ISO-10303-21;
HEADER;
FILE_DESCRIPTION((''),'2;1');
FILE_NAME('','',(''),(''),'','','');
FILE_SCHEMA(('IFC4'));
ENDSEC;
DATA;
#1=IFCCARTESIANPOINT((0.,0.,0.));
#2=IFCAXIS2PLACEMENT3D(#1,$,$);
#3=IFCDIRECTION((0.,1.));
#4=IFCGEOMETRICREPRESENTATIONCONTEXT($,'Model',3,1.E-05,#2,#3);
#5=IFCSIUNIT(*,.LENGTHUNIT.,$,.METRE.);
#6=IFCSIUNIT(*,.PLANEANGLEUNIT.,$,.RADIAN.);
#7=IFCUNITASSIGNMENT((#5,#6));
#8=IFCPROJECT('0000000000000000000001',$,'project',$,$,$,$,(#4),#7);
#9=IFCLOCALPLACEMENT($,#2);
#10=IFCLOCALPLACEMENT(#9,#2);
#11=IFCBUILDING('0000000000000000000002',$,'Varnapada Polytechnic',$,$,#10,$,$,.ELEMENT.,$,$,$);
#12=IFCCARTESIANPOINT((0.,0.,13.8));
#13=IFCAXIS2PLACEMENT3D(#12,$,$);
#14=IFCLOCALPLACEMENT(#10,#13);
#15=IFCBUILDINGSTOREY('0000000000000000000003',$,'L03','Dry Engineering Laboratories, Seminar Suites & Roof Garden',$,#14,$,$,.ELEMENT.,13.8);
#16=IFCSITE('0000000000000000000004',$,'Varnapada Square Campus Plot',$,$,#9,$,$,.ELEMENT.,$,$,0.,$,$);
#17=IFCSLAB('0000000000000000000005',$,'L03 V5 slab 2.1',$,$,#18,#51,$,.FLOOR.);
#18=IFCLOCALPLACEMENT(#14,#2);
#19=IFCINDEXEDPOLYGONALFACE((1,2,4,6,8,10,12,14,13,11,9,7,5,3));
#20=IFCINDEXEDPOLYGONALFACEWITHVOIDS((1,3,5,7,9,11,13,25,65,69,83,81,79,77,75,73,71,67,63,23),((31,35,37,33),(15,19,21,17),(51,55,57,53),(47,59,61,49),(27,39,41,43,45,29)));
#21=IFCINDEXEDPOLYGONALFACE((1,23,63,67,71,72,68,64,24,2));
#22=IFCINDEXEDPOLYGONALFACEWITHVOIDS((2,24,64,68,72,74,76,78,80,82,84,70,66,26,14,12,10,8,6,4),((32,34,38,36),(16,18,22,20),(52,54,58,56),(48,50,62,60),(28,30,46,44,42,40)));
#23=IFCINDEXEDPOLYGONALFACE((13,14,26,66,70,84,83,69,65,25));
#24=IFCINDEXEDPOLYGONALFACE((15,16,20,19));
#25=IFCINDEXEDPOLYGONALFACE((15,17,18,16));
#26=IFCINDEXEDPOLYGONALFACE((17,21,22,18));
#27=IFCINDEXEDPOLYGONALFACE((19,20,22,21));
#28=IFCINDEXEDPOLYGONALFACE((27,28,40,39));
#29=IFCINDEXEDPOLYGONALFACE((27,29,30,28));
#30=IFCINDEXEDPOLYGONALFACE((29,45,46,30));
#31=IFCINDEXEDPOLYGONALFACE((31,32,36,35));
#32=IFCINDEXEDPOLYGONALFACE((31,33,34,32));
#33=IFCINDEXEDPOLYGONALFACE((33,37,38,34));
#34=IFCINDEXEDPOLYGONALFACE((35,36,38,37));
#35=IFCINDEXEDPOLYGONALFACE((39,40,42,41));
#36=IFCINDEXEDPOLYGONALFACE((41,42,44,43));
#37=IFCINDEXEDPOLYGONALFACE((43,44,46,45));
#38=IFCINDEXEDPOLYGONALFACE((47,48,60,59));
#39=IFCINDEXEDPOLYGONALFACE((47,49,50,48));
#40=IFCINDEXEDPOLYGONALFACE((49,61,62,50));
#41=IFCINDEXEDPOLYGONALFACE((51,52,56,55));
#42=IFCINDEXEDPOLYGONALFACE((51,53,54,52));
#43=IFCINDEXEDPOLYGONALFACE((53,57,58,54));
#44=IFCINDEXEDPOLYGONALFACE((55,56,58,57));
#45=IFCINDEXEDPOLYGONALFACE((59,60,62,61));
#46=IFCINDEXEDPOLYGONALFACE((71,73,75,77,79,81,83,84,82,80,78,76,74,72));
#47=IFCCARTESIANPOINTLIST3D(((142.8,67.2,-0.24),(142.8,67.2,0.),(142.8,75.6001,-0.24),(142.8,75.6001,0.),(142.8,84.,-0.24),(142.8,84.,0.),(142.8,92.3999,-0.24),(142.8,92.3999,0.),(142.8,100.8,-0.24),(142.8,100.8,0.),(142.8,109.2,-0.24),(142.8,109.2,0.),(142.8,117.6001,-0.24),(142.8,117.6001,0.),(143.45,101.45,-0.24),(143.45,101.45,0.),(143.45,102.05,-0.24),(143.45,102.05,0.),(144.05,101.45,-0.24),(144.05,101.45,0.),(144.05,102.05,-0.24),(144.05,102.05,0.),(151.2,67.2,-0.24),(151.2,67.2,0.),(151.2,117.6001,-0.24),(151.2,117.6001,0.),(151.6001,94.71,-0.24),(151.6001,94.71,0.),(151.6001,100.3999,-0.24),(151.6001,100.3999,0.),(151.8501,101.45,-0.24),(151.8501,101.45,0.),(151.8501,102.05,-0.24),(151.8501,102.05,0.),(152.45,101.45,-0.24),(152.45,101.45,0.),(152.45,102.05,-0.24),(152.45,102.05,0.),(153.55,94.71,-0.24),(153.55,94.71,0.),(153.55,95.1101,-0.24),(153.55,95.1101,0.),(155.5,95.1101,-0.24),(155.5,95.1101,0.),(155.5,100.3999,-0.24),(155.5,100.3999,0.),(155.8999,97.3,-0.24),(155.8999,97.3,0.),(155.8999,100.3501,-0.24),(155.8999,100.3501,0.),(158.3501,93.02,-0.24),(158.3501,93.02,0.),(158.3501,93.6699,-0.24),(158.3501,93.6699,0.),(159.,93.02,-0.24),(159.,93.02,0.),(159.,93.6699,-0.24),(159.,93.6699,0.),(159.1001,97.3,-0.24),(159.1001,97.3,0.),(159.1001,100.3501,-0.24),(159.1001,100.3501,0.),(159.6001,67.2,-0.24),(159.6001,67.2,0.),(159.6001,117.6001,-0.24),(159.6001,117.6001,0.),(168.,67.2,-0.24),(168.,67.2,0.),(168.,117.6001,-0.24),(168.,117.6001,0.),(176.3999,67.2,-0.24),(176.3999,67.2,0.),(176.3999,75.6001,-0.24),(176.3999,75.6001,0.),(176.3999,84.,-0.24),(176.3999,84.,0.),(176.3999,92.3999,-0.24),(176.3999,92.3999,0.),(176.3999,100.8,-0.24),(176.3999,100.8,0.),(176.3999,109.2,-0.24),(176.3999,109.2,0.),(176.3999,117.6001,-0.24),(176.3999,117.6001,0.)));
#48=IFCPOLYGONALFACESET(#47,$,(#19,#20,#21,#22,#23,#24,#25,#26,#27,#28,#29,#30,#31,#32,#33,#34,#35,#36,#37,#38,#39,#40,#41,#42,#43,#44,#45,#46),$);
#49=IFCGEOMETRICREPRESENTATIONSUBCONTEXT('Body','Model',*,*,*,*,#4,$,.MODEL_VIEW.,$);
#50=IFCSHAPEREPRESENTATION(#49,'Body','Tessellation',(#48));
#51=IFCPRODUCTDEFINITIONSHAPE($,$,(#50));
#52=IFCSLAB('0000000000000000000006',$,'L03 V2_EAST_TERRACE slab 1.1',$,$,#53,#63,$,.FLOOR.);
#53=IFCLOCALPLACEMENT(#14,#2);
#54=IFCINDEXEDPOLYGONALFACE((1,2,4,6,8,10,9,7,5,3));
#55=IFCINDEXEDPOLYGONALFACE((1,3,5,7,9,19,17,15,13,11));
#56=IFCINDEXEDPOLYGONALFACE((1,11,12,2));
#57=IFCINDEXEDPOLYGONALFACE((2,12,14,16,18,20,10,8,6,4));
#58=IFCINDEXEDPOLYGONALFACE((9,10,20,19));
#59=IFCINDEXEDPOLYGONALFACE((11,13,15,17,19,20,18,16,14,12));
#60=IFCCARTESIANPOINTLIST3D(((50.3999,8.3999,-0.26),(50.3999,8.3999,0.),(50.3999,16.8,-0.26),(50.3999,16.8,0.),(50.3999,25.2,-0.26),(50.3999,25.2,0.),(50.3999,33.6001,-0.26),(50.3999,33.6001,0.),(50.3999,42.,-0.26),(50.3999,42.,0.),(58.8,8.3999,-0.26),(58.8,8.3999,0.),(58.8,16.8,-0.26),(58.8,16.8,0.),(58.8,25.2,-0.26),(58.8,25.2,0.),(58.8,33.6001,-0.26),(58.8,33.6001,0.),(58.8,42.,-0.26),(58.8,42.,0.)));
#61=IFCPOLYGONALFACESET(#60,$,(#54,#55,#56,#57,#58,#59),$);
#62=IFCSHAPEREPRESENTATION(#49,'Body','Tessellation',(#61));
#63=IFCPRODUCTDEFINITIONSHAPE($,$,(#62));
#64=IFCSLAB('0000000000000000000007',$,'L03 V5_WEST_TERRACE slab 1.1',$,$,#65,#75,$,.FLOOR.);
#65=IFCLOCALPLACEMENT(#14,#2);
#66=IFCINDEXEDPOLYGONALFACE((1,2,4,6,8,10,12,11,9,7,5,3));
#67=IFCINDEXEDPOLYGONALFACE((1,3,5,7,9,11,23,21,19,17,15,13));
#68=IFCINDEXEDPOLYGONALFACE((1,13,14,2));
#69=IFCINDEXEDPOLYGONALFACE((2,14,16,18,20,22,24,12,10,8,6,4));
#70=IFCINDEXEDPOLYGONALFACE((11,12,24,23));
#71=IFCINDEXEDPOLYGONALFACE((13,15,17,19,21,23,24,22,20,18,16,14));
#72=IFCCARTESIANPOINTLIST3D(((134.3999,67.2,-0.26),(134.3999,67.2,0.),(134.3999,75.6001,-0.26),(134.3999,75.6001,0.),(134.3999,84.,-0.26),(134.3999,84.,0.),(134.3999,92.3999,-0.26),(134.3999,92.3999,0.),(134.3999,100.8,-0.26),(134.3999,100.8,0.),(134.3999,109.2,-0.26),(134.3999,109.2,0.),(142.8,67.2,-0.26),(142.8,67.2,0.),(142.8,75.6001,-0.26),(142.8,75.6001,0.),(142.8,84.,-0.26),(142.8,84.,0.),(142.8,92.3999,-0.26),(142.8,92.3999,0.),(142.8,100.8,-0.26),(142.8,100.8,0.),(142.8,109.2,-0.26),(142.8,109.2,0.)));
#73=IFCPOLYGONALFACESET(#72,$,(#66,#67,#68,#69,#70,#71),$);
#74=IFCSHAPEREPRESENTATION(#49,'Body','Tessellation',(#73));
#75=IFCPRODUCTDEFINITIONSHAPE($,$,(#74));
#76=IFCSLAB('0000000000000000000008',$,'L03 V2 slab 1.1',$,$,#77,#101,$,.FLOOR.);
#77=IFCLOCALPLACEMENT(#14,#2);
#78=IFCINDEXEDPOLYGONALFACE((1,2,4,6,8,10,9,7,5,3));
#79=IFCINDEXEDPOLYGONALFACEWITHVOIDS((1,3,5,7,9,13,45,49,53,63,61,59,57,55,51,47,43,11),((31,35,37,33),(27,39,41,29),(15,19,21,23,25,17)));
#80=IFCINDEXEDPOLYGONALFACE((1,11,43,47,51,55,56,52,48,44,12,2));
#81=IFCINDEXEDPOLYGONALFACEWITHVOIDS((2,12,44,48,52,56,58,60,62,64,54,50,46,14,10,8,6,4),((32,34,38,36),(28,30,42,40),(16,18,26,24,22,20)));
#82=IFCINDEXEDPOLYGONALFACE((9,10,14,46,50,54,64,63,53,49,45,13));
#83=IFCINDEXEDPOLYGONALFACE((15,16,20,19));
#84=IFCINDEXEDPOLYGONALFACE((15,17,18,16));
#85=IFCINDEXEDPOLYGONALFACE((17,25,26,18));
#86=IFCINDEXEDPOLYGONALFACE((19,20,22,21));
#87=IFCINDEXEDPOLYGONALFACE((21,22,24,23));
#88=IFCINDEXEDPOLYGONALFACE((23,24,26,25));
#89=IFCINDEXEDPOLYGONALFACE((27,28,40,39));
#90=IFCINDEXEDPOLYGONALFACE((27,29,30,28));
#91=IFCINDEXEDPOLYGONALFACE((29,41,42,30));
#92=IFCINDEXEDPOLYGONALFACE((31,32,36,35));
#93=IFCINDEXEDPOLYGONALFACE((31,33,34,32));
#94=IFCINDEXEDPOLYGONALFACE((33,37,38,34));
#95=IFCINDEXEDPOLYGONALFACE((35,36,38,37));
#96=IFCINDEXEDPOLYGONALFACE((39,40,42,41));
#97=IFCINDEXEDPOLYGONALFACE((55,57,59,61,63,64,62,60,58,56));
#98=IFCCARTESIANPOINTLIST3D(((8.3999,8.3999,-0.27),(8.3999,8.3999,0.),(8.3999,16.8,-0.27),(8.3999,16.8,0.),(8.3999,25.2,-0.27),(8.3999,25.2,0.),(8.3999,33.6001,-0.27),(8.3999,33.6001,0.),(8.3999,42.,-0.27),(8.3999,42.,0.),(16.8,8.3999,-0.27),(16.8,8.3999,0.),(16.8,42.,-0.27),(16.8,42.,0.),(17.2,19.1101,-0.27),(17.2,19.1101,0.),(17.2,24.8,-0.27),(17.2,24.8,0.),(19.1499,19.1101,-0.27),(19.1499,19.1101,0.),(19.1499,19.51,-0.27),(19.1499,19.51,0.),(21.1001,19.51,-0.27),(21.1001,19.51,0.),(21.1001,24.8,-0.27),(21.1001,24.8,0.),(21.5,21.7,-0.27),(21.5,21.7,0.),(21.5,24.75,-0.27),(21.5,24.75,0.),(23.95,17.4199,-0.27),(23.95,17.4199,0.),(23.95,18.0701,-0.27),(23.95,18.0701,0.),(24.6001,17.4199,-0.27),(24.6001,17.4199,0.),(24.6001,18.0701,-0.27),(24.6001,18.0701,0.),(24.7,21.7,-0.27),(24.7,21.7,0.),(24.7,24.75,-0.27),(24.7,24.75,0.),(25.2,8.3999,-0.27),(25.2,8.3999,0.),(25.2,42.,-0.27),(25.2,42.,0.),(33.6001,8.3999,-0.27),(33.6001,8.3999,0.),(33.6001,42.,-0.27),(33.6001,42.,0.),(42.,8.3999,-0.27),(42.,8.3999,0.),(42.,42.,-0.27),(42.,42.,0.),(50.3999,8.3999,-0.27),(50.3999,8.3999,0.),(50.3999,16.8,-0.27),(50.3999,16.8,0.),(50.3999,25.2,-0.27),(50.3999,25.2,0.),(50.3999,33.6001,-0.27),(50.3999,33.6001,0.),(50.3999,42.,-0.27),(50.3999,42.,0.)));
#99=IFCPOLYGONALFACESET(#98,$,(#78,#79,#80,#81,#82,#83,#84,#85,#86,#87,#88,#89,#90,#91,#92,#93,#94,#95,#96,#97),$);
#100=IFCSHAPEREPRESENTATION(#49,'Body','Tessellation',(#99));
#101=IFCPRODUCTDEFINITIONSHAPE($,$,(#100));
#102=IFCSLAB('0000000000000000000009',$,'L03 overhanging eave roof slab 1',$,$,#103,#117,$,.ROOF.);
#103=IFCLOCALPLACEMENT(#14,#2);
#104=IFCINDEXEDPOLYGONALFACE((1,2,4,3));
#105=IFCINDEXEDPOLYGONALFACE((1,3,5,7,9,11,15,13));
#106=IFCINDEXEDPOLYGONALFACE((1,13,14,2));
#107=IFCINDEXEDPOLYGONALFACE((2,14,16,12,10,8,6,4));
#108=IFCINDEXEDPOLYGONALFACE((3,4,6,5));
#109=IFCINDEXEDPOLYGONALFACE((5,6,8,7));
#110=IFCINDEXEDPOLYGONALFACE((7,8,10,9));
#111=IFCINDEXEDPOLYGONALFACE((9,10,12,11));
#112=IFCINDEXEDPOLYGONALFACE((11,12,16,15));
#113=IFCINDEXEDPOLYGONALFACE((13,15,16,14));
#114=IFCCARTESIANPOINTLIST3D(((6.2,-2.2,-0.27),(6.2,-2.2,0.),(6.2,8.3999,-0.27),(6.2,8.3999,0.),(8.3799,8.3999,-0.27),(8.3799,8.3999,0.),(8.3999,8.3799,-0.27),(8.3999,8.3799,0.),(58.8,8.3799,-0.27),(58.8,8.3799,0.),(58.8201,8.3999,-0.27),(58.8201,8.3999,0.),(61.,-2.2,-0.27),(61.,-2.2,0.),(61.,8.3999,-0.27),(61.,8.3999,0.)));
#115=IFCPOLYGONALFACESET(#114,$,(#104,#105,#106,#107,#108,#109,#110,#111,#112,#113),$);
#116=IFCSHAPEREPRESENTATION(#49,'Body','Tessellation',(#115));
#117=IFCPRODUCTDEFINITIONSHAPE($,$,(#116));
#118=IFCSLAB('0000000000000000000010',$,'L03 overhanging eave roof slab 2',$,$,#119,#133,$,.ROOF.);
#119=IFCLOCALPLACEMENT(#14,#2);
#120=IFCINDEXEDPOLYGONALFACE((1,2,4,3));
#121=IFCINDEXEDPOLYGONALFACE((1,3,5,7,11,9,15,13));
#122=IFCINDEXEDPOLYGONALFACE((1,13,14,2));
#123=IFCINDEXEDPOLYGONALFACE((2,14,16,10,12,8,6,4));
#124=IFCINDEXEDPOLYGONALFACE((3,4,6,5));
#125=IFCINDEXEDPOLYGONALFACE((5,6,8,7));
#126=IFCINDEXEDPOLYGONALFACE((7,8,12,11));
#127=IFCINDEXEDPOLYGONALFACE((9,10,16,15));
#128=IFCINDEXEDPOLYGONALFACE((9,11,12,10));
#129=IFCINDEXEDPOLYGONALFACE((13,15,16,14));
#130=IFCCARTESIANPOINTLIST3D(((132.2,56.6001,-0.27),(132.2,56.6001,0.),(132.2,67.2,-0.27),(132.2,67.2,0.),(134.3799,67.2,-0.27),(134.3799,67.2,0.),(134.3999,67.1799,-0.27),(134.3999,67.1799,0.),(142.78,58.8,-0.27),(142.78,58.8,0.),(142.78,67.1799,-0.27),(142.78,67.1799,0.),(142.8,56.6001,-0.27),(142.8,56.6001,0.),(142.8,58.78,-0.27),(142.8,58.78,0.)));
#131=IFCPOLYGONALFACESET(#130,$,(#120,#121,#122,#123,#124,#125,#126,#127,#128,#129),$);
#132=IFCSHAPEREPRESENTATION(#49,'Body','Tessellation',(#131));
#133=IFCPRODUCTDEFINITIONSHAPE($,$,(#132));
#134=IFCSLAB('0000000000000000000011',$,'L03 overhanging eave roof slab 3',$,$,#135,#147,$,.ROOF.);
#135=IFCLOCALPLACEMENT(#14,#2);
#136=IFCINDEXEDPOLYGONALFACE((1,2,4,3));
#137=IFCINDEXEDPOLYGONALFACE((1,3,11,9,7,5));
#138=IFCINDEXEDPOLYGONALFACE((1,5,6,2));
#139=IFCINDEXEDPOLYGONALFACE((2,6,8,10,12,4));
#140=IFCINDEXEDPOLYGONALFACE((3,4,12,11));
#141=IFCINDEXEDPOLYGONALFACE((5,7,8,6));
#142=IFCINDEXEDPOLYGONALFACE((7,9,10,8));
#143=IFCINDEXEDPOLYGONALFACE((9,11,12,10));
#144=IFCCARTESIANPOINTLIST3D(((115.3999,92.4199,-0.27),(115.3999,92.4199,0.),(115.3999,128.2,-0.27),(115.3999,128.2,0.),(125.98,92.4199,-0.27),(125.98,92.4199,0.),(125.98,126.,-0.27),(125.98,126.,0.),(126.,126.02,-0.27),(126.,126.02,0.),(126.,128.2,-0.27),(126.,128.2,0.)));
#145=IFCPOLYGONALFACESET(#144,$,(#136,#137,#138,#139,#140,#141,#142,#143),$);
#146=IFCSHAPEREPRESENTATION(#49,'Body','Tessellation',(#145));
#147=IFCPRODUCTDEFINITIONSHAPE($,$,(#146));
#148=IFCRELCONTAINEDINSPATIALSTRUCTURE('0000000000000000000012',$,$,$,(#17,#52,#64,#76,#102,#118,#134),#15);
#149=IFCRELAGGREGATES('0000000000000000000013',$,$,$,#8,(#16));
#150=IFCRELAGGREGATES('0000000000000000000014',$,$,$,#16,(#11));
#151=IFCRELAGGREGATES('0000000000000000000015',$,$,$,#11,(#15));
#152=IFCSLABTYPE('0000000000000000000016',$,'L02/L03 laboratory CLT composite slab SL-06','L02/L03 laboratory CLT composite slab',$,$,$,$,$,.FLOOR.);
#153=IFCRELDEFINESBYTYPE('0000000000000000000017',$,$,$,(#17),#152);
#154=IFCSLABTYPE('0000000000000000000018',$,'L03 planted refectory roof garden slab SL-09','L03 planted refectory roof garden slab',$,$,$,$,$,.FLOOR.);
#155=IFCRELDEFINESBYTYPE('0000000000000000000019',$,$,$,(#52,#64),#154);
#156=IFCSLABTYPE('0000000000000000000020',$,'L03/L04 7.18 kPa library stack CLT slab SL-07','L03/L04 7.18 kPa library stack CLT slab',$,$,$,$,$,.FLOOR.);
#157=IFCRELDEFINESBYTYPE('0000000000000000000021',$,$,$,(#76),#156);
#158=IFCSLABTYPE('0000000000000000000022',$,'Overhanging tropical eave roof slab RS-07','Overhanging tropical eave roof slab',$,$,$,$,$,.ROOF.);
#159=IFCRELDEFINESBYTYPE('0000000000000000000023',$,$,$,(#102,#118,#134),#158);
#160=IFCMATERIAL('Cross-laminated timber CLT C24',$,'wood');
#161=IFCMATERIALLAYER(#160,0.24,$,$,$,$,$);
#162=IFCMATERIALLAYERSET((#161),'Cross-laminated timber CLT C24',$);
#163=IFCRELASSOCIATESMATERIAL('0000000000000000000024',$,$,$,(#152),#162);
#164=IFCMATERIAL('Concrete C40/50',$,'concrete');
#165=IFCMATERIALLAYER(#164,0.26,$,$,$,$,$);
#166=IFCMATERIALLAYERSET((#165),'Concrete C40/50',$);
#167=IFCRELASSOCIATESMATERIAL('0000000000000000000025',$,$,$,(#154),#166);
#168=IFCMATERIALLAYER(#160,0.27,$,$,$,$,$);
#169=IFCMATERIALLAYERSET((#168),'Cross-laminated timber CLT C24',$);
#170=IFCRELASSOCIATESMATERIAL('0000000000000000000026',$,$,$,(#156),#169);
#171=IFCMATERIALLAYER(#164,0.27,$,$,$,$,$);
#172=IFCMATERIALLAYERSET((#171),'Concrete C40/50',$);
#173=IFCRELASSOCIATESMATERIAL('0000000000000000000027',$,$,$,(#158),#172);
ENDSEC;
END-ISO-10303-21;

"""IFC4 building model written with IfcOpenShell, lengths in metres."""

from ifc_helpers import new_model, si_unit, direction, frame, origin, place, context, subcontext, project, spatial, polyline, outline, extrude, material, layer, layer_set, type_object, element, save


model = new_model("IFC4")

# Units and contexts
model_context = context("Model", 3, precision=1e-05, world=origin(), true_north=direction((0.0, 1.0)))
body_context = subcontext(model_context, "Body", "Model", "MODEL_VIEW")
ifc_project = project(units=[si_unit("LENGTHUNIT", "METRE"), si_unit("PLANEANGLEUNIT", "RADIAN")], contexts=[model_context])

# Site, building, storey
site_placement = place(None, origin())
site = spatial("IfcSite", under=ifc_project, at=site_placement, Name="Varnapada Square Campus Plot", CompositionType="ELEMENT", RefElevation=0.0)
building_placement = place(site_placement, origin())
building = spatial("IfcBuilding", under=site, at=building_placement, Name="Varnapada Polytechnic", CompositionType="ELEMENT")
storey_placement = place(building_placement, frame((0.0, 0.0, 13.8)))
storey = spatial("IfcBuildingStorey", under=building, at=storey_placement, Name="L03", Description="Dry Engineering Laboratories, Seminar Suites & Roof Garden", CompositionType="ELEMENT", Elevation=13.8)

# Slabs
ifc_material_1 = material(Name="Cross-laminated timber CLT C24", Category="wood")
ifc_layer_1 = layer(ifc_material_1, 0.24)
ifc_layer_set_1 = layer_set([ifc_layer_1], Name="Cross-laminated timber CLT C24")
slab_type_1 = type_object("IfcSlabType", Name="L02/L03 laboratory CLT composite slab SL-06", Description="L02/L03 laboratory CLT composite slab", PredefinedType="FLOOR", material=ifc_layer_set_1)
slab_1_placement = place(storey_placement, frame((0.0, 0.0, -0.24)))
element("IfcSlab", 1, at=slab_1_placement, inside=storey, type_object=slab_type_1, Name="L03 V5 slab 2.1", PredefinedType="FLOOR", context=body_context, shape_type="SweptSolid", body=[
    extrude(outline(polyline([(142.8, 92.3999), (142.8, 100.8), (142.8, 109.2), (142.8, 117.6001), (151.2, 117.6001), (159.6001, 117.6001), (168.0, 117.6001), (176.3999, 117.6001), (176.3999, 109.2), (176.3999, 100.8), (176.3999, 92.3999), (176.3999, 84.0), (176.3999, 75.6001), (176.3999, 67.2), (168.0, 67.2), (159.6001, 67.2), (151.2, 67.2), (142.8, 67.2), (142.8, 75.6001), (142.8, 84.0), (142.8, 92.3999)]), holes=[polyline([(151.6001, 94.71), (153.55, 94.71), (153.55, 95.1101), (155.5, 95.1101), (155.5, 100.3999), (151.6001, 100.3999), (151.6001, 94.71)]), polyline([(155.8999, 97.3), (159.1001, 97.3), (159.1001, 100.3501), (155.8999, 100.3501), (155.8999, 97.3)]), polyline([(158.3501, 93.02), (159.0, 93.02), (159.0, 93.6699), (158.3501, 93.6699), (158.3501, 93.02)]), polyline([(143.45, 101.45), (144.05, 101.45), (144.05, 102.05), (143.45, 102.05), (143.45, 101.45)]), polyline([(151.8501, 101.45), (152.45, 101.45), (152.45, 102.05), (151.8501, 102.05), (151.8501, 101.45)])]), origin(), (0.0, 0.0, 1.0), 0.24),
])
ifc_material_2 = material(Name="Concrete C40/50", Category="concrete")
ifc_layer_2 = layer(ifc_material_2, 0.26)
ifc_layer_set_2 = layer_set([ifc_layer_2], Name="Concrete C40/50")
slab_type_2 = type_object("IfcSlabType", Name="L03 planted refectory roof garden slab SL-09", Description="L03 planted refectory roof garden slab", PredefinedType="FLOOR", material=ifc_layer_set_2)
slab_2_placement = place(storey_placement, frame((0.0, 0.0, -0.26)))
element("IfcSlab", 2, at=slab_2_placement, inside=storey, type_object=slab_type_2, Name="L03 V2_EAST_TERRACE slab 1.1", PredefinedType="FLOOR", context=body_context, shape_type="SweptSolid", body=[
    extrude(outline(polyline([(50.3999, 8.3999), (50.3999, 16.8), (50.3999, 25.2), (50.3999, 33.6001), (50.3999, 42.0), (58.8, 42.0), (58.8, 33.6001), (58.8, 25.2), (58.8, 16.8), (58.8, 8.3999), (50.3999, 8.3999)])), origin(), (0.0, 0.0, 1.0), 0.26),
])
slab_3_placement = place(storey_placement, frame((0.0, 0.0, -0.26)))
element("IfcSlab", 3, at=slab_3_placement, inside=storey, type_object=slab_type_2, Name="L03 V5_WEST_TERRACE slab 1.1", PredefinedType="FLOOR", context=body_context, shape_type="SweptSolid", body=[
    extrude(outline(polyline([(134.3999, 67.2), (134.3999, 75.6001), (134.3999, 84.0), (134.3999, 92.3999), (134.3999, 100.8), (134.3999, 109.2), (142.8, 109.2), (142.8, 100.8), (142.8, 92.3999), (142.8, 84.0), (142.8, 75.6001), (142.8, 67.2), (134.3999, 67.2)])), origin(), (0.0, 0.0, 1.0), 0.26),
])
ifc_layer_3 = layer(ifc_material_1, 0.27)
ifc_layer_set_3 = layer_set([ifc_layer_3], Name="Cross-laminated timber CLT C24")
slab_type_3 = type_object("IfcSlabType", Name="L03/L04 7.18 kPa library stack CLT slab SL-07", Description="L03/L04 7.18 kPa library stack CLT slab", PredefinedType="FLOOR", material=ifc_layer_set_3)
slab_4_placement = place(storey_placement, frame((0.0, 0.0, -0.27)))
element("IfcSlab", 4, at=slab_4_placement, inside=storey, type_object=slab_type_3, Name="L03 V2 slab 1.1", PredefinedType="FLOOR", context=body_context, shape_type="SweptSolid", body=[
    extrude(outline(polyline([(8.3999, 33.6001), (8.3999, 42.0), (16.8, 42.0), (25.2, 42.0), (33.6001, 42.0), (42.0, 42.0), (50.3999, 42.0), (50.3999, 33.6001), (50.3999, 25.2), (50.3999, 16.8), (50.3999, 8.3999), (42.0, 8.3999), (33.6001, 8.3999), (25.2, 8.3999), (16.8, 8.3999), (8.3999, 8.3999), (8.3999, 16.8), (8.3999, 25.2), (8.3999, 33.6001)]), holes=[polyline([(17.2, 19.1101), (19.1499, 19.1101), (19.1499, 19.51), (21.1001, 19.51), (21.1001, 24.8), (17.2, 24.8), (17.2, 19.1101)]), polyline([(21.5, 21.7), (24.7, 21.7), (24.7, 24.75), (21.5, 24.75), (21.5, 21.7)]), polyline([(23.95, 17.4199), (24.6001, 17.4199), (24.6001, 18.0701), (23.95, 18.0701), (23.95, 17.4199)])]), origin(), (0.0, 0.0, 1.0), 0.27),
])
ifc_layer_4 = layer(ifc_material_2, 0.27)
ifc_layer_set_4 = layer_set([ifc_layer_4], Name="Concrete C40/50")
slab_type_4 = type_object("IfcSlabType", Name="Overhanging tropical eave roof slab RS-07", Description="Overhanging tropical eave roof slab", PredefinedType="ROOF", material=ifc_layer_set_4)
slab_5_placement = place(storey_placement, frame((0.0, 0.0, -0.27)))
element("IfcSlab", 5, at=slab_5_placement, inside=storey, type_object=slab_type_4, Name="L03 overhanging eave roof slab 1", PredefinedType="ROOF", context=body_context, shape_type="SweptSolid", body=[
    extrude(outline(polyline([(61.0, 8.3999), (61.0, -2.2), (6.2, -2.2), (6.2, 8.3999), (8.3799, 8.3999), (8.3999, 8.3799), (58.8, 8.3799), (58.8201, 8.3999), (61.0, 8.3999)])), origin(), (0.0, 0.0, 1.0), 0.27),
])
slab_6_placement = place(storey_placement, frame((0.0, 0.0, -0.27)))
element("IfcSlab", 6, at=slab_6_placement, inside=storey, type_object=slab_type_4, Name="L03 overhanging eave roof slab 2", PredefinedType="ROOF", context=body_context, shape_type="SweptSolid", body=[
    extrude(outline(polyline([(142.8, 56.6001), (132.2, 56.6001), (132.2, 67.2), (134.3799, 67.2), (134.3999, 67.1799), (142.78, 67.1799), (142.78, 58.8), (142.8, 58.78), (142.8, 56.6001)])), origin(), (0.0, 0.0, 1.0), 0.27),
])
slab_7_placement = place(storey_placement, frame((0.0, 0.0, -0.27)))
element("IfcSlab", 7, at=slab_7_placement, inside=storey, type_object=slab_type_4, Name="L03 overhanging eave roof slab 3", PredefinedType="ROOF", context=body_context, shape_type="SweptSolid", body=[
    extrude(outline(polyline([(115.3999, 92.4199), (115.3999, 128.2), (126.0, 128.2), (126.0, 126.02), (125.98, 126.0), (125.98, 92.4199), (115.3999, 92.4199)])), origin(), (0.0, 0.0, 1.0), 0.27),
])

save(model, "model.ifc")
